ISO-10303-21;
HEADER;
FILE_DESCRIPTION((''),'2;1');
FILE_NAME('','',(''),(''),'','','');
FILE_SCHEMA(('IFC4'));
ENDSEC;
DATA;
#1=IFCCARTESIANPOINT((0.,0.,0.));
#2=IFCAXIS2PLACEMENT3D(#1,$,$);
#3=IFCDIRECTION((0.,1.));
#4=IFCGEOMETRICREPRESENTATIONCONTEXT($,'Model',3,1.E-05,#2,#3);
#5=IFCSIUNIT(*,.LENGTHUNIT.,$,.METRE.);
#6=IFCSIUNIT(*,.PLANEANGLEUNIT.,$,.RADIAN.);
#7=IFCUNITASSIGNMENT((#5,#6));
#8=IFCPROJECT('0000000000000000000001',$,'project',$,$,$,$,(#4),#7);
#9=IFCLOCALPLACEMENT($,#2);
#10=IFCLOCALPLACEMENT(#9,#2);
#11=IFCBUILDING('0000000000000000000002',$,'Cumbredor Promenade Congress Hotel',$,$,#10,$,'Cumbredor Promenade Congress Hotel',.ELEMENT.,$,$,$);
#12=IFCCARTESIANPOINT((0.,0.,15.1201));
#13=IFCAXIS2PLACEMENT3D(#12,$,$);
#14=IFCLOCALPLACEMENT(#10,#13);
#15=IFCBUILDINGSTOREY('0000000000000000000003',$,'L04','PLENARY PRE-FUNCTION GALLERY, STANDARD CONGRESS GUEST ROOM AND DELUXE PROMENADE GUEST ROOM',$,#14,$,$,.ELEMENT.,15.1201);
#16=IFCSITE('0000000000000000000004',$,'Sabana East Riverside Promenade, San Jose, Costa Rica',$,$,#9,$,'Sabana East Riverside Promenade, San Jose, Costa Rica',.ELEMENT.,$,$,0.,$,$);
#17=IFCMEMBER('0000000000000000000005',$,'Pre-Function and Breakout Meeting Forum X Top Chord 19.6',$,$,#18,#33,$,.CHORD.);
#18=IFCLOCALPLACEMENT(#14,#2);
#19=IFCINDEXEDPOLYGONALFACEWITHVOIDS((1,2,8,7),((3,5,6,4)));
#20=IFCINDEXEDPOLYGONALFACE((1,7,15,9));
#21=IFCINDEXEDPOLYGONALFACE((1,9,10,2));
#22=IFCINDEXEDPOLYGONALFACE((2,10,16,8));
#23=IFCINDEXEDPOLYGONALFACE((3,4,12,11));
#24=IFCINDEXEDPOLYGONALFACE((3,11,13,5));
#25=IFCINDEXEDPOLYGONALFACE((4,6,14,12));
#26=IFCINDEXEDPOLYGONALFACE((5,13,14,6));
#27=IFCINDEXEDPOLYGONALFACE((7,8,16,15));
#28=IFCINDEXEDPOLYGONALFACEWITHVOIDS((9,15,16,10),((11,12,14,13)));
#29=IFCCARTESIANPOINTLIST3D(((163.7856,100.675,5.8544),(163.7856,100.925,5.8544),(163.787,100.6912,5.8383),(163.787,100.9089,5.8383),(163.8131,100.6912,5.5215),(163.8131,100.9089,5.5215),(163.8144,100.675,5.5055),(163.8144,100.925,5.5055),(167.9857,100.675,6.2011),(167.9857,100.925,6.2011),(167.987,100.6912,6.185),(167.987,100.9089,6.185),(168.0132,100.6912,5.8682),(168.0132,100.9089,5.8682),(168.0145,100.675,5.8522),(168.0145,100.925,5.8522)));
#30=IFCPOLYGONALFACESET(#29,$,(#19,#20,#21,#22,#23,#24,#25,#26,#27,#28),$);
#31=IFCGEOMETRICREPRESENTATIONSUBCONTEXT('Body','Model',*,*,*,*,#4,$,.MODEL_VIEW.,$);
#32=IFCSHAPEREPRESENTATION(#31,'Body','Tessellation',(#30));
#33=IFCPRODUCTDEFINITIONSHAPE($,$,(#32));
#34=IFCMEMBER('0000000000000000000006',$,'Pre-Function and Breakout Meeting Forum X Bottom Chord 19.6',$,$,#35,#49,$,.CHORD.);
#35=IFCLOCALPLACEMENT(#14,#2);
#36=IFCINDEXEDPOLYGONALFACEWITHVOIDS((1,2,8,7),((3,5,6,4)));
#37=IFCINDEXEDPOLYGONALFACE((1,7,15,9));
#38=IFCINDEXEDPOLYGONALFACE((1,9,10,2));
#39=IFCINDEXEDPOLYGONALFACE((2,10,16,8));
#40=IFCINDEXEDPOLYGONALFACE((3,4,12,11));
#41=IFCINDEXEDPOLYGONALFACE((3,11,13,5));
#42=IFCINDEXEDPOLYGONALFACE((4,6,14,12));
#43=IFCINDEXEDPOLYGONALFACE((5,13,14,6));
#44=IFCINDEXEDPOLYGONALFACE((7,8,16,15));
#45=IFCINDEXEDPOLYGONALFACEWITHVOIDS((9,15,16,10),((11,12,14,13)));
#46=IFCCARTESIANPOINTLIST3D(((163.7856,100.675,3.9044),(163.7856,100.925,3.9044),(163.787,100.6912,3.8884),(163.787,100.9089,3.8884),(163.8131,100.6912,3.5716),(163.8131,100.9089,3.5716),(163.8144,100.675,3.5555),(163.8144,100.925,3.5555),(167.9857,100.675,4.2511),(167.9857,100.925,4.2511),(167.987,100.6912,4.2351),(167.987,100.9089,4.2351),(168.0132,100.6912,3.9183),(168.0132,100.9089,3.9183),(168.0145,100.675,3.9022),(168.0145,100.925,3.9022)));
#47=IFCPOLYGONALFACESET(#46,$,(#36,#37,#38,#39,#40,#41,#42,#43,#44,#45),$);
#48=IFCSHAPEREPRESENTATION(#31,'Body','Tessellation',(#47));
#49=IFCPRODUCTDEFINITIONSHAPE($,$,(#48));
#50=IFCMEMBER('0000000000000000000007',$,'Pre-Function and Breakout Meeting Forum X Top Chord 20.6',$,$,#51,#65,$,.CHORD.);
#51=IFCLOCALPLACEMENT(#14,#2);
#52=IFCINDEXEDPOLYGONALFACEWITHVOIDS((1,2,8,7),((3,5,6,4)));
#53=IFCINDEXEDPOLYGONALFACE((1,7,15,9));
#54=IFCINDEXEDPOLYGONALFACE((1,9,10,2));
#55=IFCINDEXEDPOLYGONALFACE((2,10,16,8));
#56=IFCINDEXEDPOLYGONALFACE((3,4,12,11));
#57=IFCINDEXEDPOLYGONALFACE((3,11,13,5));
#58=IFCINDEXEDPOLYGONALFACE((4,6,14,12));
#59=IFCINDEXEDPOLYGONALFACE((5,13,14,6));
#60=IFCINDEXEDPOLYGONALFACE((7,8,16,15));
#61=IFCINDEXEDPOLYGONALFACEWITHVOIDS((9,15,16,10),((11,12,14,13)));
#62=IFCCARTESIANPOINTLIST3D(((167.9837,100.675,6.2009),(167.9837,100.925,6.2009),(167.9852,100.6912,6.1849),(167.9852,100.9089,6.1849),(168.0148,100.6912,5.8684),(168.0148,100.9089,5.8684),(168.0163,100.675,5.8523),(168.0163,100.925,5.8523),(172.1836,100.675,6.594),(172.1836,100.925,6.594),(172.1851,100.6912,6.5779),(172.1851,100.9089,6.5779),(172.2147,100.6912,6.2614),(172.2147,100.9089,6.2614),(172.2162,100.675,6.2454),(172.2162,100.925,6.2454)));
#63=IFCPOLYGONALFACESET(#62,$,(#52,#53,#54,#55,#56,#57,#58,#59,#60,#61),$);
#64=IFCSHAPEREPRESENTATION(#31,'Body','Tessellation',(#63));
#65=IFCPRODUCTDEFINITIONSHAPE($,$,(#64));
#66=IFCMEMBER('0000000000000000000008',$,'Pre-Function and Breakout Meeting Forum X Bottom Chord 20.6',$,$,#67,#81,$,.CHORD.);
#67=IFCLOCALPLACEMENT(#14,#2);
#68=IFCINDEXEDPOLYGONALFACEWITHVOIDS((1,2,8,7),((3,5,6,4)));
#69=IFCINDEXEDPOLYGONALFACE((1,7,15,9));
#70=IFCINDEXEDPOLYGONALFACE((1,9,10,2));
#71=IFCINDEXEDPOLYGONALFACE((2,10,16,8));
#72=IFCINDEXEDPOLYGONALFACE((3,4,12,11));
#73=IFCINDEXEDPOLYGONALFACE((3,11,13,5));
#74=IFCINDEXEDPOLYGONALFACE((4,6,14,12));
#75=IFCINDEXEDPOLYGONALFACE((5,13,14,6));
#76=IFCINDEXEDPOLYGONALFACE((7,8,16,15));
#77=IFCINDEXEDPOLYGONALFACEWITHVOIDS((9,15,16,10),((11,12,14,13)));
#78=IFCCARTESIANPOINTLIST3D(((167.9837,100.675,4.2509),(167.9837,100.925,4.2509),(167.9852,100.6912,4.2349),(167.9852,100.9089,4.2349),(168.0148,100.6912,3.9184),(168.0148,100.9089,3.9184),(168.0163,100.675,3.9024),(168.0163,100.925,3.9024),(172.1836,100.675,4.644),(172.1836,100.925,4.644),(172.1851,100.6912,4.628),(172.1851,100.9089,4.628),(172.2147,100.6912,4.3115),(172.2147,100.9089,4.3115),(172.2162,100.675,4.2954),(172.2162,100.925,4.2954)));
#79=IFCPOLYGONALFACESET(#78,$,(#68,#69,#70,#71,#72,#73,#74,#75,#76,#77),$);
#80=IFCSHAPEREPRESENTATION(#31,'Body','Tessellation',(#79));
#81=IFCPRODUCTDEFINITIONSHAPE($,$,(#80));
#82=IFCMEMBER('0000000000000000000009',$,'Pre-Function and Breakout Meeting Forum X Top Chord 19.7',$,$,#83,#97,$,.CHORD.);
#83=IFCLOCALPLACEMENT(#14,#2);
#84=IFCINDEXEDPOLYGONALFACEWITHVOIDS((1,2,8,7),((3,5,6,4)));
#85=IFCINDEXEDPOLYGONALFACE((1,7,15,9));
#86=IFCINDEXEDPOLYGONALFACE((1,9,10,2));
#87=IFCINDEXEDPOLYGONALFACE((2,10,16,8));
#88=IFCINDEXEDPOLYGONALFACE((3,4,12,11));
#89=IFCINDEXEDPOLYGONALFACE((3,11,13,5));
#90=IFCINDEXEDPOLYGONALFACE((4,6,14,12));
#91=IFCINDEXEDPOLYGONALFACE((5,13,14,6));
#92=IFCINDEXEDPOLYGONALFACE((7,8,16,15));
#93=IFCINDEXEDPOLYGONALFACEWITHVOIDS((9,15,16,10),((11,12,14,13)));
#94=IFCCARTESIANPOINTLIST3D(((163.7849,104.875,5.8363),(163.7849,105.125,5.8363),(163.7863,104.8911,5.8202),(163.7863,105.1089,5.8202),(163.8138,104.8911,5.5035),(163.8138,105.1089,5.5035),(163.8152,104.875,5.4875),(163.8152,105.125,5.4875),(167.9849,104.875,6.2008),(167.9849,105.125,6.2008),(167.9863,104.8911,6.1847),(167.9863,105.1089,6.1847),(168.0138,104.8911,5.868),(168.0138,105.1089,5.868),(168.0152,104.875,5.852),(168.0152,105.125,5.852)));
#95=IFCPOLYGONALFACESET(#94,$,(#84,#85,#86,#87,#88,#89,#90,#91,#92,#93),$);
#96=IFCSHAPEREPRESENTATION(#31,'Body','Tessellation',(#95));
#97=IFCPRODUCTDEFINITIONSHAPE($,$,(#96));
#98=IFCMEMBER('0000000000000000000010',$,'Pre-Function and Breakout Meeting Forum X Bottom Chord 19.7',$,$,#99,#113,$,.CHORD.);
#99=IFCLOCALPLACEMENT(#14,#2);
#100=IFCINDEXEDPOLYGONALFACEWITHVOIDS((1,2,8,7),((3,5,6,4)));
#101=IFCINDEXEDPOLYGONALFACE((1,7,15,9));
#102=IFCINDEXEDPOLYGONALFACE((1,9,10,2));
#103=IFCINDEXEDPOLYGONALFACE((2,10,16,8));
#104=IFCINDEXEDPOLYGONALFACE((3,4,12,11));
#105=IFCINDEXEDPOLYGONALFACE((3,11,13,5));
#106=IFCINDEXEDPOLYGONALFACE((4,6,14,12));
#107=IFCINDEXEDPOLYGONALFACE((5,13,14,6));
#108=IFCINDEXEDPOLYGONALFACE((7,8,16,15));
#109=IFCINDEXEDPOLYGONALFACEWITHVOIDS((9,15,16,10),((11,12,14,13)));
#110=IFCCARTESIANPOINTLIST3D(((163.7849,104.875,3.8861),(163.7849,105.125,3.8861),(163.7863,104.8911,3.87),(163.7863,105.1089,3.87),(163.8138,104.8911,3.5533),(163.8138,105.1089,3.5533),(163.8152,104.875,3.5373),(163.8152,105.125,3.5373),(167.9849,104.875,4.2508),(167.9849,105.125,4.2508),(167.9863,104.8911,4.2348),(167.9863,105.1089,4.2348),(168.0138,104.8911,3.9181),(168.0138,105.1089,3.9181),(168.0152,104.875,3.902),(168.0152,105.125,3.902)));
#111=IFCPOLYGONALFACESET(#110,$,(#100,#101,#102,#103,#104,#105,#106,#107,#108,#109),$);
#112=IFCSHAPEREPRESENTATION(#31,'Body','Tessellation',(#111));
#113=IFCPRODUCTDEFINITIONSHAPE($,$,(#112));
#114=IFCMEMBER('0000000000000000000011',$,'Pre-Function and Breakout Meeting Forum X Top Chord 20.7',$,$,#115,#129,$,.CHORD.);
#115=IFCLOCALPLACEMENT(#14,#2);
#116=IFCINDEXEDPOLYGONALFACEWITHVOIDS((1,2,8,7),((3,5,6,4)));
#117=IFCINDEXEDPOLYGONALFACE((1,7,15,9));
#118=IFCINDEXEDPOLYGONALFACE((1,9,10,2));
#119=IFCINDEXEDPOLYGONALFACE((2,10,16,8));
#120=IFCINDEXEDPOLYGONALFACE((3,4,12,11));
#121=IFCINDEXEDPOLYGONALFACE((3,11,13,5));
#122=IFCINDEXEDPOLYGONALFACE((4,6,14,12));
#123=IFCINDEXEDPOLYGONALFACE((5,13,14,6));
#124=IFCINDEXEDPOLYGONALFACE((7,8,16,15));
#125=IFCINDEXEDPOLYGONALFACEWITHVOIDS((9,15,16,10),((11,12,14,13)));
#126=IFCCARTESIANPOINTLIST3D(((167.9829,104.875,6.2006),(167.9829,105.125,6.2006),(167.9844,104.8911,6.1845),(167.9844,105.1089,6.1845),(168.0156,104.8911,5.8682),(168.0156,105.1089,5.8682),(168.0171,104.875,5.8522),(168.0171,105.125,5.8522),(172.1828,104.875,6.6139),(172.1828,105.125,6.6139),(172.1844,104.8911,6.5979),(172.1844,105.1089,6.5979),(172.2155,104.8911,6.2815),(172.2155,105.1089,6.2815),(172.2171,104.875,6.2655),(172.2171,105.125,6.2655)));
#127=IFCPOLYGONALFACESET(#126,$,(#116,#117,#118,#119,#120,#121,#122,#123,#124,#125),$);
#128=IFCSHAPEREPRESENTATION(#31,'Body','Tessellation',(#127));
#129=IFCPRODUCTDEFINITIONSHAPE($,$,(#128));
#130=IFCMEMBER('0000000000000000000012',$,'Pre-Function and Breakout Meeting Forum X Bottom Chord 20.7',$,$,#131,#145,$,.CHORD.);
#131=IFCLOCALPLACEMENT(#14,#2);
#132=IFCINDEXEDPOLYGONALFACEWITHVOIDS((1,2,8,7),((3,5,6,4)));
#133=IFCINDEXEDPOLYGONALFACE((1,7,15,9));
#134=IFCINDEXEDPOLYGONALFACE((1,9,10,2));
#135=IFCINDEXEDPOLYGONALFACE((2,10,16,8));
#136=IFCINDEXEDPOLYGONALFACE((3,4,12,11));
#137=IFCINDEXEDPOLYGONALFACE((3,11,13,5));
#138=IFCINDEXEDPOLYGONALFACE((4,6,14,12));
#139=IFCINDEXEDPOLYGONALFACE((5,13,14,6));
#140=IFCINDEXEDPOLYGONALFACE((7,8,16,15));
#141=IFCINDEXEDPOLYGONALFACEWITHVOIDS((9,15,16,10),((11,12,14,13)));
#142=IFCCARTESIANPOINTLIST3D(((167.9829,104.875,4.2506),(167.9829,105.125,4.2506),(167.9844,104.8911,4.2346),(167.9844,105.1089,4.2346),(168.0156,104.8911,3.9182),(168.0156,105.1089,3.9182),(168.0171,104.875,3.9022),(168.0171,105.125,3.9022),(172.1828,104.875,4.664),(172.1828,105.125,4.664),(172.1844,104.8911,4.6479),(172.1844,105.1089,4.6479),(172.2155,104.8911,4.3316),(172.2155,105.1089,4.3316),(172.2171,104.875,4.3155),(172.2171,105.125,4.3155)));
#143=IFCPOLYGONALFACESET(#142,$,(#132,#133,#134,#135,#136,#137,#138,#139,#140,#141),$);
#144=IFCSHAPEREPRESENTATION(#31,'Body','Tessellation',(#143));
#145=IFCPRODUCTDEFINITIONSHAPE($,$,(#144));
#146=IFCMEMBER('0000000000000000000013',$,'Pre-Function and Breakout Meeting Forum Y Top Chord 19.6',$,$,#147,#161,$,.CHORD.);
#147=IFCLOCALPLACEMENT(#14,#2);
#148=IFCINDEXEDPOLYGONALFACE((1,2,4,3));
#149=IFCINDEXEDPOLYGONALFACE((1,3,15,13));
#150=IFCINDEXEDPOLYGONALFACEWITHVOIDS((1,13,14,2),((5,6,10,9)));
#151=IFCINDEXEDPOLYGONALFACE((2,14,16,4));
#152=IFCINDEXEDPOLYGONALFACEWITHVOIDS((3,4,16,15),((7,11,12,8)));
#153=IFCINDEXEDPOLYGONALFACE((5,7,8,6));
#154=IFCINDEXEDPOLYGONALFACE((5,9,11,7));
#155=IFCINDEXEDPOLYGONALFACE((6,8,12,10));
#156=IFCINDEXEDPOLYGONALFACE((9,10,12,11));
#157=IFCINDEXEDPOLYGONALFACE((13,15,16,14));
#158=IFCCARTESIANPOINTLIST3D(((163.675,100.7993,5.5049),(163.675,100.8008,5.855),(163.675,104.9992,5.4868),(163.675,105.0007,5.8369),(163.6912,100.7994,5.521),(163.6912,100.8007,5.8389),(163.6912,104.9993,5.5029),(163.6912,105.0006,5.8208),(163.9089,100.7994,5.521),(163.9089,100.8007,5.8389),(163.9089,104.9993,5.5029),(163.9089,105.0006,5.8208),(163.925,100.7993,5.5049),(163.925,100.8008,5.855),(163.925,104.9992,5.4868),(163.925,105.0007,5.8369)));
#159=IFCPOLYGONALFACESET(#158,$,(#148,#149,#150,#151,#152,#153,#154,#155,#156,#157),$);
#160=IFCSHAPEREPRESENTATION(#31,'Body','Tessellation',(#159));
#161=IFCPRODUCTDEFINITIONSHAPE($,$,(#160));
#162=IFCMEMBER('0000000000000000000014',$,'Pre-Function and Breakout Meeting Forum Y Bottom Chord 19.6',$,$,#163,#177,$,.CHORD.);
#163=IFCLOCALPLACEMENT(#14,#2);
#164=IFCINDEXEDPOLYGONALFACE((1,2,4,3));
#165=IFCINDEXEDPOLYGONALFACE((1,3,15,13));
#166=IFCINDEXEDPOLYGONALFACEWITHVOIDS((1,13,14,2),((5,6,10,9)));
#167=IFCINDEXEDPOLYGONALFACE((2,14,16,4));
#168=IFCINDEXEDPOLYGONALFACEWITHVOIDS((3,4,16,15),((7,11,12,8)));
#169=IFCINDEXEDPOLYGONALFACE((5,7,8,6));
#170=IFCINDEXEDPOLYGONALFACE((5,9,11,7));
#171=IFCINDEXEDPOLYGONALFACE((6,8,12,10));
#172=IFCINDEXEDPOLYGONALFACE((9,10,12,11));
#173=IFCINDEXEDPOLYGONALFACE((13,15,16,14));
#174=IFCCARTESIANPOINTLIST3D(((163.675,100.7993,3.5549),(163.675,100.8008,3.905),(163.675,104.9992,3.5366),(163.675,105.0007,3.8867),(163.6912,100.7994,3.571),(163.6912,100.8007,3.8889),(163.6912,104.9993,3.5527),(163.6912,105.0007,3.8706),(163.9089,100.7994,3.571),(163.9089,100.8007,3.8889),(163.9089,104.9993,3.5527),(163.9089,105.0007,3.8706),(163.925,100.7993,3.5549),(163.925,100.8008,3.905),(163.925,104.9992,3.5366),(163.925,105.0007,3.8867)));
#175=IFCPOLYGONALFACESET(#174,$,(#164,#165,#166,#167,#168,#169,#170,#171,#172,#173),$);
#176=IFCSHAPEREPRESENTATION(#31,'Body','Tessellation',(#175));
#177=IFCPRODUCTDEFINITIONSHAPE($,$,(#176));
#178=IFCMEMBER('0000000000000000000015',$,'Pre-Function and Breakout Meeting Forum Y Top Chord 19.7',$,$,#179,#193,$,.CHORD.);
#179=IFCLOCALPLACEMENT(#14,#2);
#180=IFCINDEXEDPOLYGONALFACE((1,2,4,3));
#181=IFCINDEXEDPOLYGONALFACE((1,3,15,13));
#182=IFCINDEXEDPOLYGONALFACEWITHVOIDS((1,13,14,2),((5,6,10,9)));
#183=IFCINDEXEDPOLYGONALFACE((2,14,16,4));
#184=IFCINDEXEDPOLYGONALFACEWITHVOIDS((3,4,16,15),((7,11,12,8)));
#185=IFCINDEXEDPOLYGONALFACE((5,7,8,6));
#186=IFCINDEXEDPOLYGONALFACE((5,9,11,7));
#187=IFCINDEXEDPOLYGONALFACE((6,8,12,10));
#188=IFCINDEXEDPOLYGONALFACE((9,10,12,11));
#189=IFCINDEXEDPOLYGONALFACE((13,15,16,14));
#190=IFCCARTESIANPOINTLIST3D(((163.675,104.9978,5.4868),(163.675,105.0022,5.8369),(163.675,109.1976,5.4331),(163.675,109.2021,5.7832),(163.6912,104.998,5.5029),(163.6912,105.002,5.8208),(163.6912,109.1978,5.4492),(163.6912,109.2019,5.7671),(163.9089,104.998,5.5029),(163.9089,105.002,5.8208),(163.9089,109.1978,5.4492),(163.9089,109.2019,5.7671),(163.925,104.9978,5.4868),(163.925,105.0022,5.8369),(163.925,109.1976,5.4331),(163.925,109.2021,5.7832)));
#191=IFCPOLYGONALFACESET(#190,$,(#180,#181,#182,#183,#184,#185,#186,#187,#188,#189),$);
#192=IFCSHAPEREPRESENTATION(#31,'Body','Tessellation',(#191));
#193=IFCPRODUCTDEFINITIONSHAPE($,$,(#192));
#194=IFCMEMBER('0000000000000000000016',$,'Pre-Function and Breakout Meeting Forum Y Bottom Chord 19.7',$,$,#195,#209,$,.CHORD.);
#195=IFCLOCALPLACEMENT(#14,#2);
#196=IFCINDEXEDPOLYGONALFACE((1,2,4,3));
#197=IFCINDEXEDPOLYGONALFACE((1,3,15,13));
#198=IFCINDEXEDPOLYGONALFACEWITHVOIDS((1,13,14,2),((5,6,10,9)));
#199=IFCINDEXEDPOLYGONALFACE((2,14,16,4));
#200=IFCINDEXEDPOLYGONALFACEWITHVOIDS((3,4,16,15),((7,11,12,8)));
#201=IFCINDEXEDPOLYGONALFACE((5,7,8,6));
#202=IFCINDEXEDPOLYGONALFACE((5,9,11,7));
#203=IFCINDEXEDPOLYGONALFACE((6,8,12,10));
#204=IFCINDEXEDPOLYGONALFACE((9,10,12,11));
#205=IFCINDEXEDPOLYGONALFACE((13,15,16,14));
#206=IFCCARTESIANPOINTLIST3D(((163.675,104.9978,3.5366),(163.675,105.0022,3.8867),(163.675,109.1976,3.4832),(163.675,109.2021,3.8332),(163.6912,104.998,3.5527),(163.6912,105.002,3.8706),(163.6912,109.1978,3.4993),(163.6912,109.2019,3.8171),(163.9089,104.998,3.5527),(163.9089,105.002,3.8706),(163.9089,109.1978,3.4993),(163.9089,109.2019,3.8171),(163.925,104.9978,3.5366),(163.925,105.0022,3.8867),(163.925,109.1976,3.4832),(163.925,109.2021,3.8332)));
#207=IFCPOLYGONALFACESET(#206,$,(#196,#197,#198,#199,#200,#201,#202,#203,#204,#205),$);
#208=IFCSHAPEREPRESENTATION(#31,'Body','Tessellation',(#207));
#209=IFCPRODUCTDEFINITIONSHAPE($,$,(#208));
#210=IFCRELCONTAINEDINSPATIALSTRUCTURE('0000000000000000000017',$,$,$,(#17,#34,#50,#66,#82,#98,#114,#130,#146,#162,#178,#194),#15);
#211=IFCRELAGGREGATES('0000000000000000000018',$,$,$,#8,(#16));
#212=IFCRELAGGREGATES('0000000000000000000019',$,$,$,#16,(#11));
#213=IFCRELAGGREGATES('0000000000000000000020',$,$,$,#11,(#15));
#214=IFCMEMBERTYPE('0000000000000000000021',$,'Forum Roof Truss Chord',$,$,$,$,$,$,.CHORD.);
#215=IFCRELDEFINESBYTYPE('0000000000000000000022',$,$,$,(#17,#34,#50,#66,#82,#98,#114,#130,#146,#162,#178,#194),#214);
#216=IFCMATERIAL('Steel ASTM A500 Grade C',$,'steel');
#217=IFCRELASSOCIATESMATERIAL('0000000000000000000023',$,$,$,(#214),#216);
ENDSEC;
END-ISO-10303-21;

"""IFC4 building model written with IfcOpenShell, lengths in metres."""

from ifc_helpers import new_model, si_unit, direction, frame, origin, origin_2d, place, context, subcontext, project, spatial, hollow_rectangle, extrude, material, material_profile, profile_set, type_object, element, save


model = new_model("IFC4")

# Units and contexts
model_context = context("Model", 3, precision=1e-05, world=origin(), true_north=direction((0.0, 1.0)))
body_context = subcontext(model_context, "Body", "Model", "MODEL_VIEW")
ifc_project = project(units=[si_unit("LENGTHUNIT", "METRE"), si_unit("PLANEANGLEUNIT", "RADIAN")], contexts=[model_context])

# Site, building, storey
site_placement = place(None, origin())
site = spatial("IfcSite", under=ifc_project, at=site_placement, Name="Sabana East Riverside Promenade, San Jose, Costa Rica", LongName="Sabana East Riverside Promenade, San Jose, Costa Rica", CompositionType="ELEMENT", RefElevation=0.0)
building_placement = place(site_placement, origin())
building = spatial("IfcBuilding", under=site, at=building_placement, Name="Cumbredor Promenade Congress Hotel", LongName="Cumbredor Promenade Congress Hotel", CompositionType="ELEMENT")
storey_placement = place(building_placement, frame((0.0, 0.0, 15.1201)))
storey = spatial("IfcBuildingStorey", under=building, at=storey_placement, Name="L04", Description="PLENARY PRE-FUNCTION GALLERY, STANDARD CONGRESS GUEST ROOM AND DELUXE PROMENADE GUEST ROOM", CompositionType="ELEMENT", Elevation=15.1201)

# Members
ifc_material_1 = material(Name="Steel ASTM A500 Grade C", Category="steel")
ifc_material_profile_1 = material_profile(ifc_material_1, hollow_rectangle(XDim=0.25, YDim=0.3501, WallThickness=0.0161, at=origin_2d()), Name="HSS 350x250x16")
ifc_profile_set_1 = profile_set([ifc_material_profile_1], Name="Steel ASTM A500 Grade C")
member_type_1 = type_object("IfcMemberType", Name="Forum Roof Truss Chord", PredefinedType="CHORD", material=ifc_profile_set_1)
for number, where, z_axis, x_axis, name in (
    (1, (163.8, 100.8, 5.6799), (0.996611, 0.0, 0.082264), (0.0, 1.0, 0.0), "Pre-Function and Breakout Meeting Forum X Top Chord 19.6"),
    (2, (163.8, 100.8, 3.73), (0.996611, 0.0, 0.082264), (0.0, 1.0, 0.0), "Pre-Function and Breakout Meeting Forum X Bottom Chord 19.6"),
):
    element("IfcMember", number, at=place(storey_placement, frame(where, z_axis=z_axis, x_axis=x_axis)), inside=storey, type_object=member_type_1, Name=name, PredefinedType="CHORD", context=body_context, shape_type="SweptSolid", body=[
        extrude(hollow_rectangle(XDim=0.25, YDim=0.3501, WallThickness=0.0161, at=origin_2d()), origin(), (0.0, 0.0, 1.0), 4.2144),
    ])
for number, where, z_axis, x_axis, name in (
    (3, (168.0, 100.8, 6.0266), (0.995649, 0.0, 0.093181), (0.0, 1.0, 0.0), "Pre-Function and Breakout Meeting Forum X Top Chord 20.6"),
    (4, (168.0, 100.8, 4.0767), (0.995649, 0.0, 0.093181), (0.0, 1.0, 0.0), "Pre-Function and Breakout Meeting Forum X Bottom Chord 20.6"),
):
    element("IfcMember", number, at=place(storey_placement, frame(where, z_axis=z_axis, x_axis=x_axis)), inside=storey, type_object=member_type_1, Name=name, PredefinedType="CHORD", context=body_context, shape_type="SweptSolid", body=[
        extrude(hollow_rectangle(XDim=0.25, YDim=0.3501, WallThickness=0.0161, at=origin_2d()), origin(), (0.0, 0.0, 1.0), 4.2183),
    ])
for number, where, z_axis, x_axis, name in (
    (5, (163.8, 105.0, 5.6619), (0.996255, 0.0, 0.086462), (0.0, 1.0, 0.0), "Pre-Function and Breakout Meeting Forum X Top Chord 19.7"),
    (6, (163.8, 105.0, 3.7117), (0.99625, 0.0, 0.08652), (0.0, 1.0, 0.0), "Pre-Function and Breakout Meeting Forum X Bottom Chord 19.7"),
):
    element("IfcMember", number, at=place(storey_placement, frame(where, z_axis=z_axis, x_axis=x_axis)), inside=storey, type_object=member_type_1, Name=name, PredefinedType="CHORD", context=body_context, shape_type="SweptSolid", body=[
        extrude(hollow_rectangle(XDim=0.25, YDim=0.3501, WallThickness=0.0161, at=origin_2d()), origin(), (0.0, 0.0, 1.0), 4.2158),
    ])
for number, where, z_axis, x_axis, name in (
    (7, (168.0, 105.0, 6.0264), (0.995192, 0.0, 0.09794), (0.0, 1.0, 0.0), "Pre-Function and Breakout Meeting Forum X Top Chord 20.7"),
    (8, (168.0, 105.0, 4.0764), (0.995192, 0.0, 0.09794), (0.0, 1.0, 0.0), "Pre-Function and Breakout Meeting Forum X Bottom Chord 20.7"),
):
    element("IfcMember", number, at=place(storey_placement, frame(where, z_axis=z_axis, x_axis=x_axis)), inside=storey, type_object=member_type_1, Name=name, PredefinedType="CHORD", context=body_context, shape_type="SweptSolid", body=[
        extrude(hollow_rectangle(XDim=0.25, YDim=0.3501, WallThickness=0.0161, at=origin_2d()), origin(), (0.0, 0.0, 1.0), 4.2202),
    ])
for number, where, z_axis, x_axis, name in (
    (9, (163.8, 100.8, 5.6799), (0.0, 0.999991, -0.004302), (-1.0, 0.0, 0.0), "Pre-Function and Breakout Meeting Forum Y Top Chord 19.6"),
    (10, (163.8, 100.8, 3.73), (0.0, 0.99999, -0.00436), (-1.0, 0.0, 0.0), "Pre-Function and Breakout Meeting Forum Y Bottom Chord 19.6"),
):
    element("IfcMember", number, at=place(storey_placement, frame(where, z_axis=z_axis, x_axis=x_axis)), inside=storey, type_object=member_type_1, Name=name, PredefinedType="CHORD", context=body_context, shape_type="SweptSolid", body=[
        extrude(hollow_rectangle(XDim=0.25, YDim=0.3501, WallThickness=0.0161, at=origin_2d()), origin(), (0.0, 0.0, 1.0), 4.2),
    ])
for number, where, z_axis, x_axis, name in (
    (11, (163.8, 105.0, 5.6619), (0.0, 0.999918, -0.012787), (-1.0, 0.0, 0.0), "Pre-Function and Breakout Meeting Forum Y Top Chord 19.7"),
    (12, (163.8, 105.0, 3.7117), (0.0, 0.999919, -0.012729), (-1.0, 0.0, 0.0), "Pre-Function and Breakout Meeting Forum Y Bottom Chord 19.7"),
):
    element("IfcMember", number, at=place(storey_placement, frame(where, z_axis=z_axis, x_axis=x_axis)), inside=storey, type_object=member_type_1, Name=name, PredefinedType="CHORD", context=body_context, shape_type="SweptSolid", body=[
        extrude(hollow_rectangle(XDim=0.25, YDim=0.3501, WallThickness=0.0161, at=origin_2d()), origin(), (0.0, 0.0, 1.0), 4.2002),
    ])

save(model, "model.ifc")
